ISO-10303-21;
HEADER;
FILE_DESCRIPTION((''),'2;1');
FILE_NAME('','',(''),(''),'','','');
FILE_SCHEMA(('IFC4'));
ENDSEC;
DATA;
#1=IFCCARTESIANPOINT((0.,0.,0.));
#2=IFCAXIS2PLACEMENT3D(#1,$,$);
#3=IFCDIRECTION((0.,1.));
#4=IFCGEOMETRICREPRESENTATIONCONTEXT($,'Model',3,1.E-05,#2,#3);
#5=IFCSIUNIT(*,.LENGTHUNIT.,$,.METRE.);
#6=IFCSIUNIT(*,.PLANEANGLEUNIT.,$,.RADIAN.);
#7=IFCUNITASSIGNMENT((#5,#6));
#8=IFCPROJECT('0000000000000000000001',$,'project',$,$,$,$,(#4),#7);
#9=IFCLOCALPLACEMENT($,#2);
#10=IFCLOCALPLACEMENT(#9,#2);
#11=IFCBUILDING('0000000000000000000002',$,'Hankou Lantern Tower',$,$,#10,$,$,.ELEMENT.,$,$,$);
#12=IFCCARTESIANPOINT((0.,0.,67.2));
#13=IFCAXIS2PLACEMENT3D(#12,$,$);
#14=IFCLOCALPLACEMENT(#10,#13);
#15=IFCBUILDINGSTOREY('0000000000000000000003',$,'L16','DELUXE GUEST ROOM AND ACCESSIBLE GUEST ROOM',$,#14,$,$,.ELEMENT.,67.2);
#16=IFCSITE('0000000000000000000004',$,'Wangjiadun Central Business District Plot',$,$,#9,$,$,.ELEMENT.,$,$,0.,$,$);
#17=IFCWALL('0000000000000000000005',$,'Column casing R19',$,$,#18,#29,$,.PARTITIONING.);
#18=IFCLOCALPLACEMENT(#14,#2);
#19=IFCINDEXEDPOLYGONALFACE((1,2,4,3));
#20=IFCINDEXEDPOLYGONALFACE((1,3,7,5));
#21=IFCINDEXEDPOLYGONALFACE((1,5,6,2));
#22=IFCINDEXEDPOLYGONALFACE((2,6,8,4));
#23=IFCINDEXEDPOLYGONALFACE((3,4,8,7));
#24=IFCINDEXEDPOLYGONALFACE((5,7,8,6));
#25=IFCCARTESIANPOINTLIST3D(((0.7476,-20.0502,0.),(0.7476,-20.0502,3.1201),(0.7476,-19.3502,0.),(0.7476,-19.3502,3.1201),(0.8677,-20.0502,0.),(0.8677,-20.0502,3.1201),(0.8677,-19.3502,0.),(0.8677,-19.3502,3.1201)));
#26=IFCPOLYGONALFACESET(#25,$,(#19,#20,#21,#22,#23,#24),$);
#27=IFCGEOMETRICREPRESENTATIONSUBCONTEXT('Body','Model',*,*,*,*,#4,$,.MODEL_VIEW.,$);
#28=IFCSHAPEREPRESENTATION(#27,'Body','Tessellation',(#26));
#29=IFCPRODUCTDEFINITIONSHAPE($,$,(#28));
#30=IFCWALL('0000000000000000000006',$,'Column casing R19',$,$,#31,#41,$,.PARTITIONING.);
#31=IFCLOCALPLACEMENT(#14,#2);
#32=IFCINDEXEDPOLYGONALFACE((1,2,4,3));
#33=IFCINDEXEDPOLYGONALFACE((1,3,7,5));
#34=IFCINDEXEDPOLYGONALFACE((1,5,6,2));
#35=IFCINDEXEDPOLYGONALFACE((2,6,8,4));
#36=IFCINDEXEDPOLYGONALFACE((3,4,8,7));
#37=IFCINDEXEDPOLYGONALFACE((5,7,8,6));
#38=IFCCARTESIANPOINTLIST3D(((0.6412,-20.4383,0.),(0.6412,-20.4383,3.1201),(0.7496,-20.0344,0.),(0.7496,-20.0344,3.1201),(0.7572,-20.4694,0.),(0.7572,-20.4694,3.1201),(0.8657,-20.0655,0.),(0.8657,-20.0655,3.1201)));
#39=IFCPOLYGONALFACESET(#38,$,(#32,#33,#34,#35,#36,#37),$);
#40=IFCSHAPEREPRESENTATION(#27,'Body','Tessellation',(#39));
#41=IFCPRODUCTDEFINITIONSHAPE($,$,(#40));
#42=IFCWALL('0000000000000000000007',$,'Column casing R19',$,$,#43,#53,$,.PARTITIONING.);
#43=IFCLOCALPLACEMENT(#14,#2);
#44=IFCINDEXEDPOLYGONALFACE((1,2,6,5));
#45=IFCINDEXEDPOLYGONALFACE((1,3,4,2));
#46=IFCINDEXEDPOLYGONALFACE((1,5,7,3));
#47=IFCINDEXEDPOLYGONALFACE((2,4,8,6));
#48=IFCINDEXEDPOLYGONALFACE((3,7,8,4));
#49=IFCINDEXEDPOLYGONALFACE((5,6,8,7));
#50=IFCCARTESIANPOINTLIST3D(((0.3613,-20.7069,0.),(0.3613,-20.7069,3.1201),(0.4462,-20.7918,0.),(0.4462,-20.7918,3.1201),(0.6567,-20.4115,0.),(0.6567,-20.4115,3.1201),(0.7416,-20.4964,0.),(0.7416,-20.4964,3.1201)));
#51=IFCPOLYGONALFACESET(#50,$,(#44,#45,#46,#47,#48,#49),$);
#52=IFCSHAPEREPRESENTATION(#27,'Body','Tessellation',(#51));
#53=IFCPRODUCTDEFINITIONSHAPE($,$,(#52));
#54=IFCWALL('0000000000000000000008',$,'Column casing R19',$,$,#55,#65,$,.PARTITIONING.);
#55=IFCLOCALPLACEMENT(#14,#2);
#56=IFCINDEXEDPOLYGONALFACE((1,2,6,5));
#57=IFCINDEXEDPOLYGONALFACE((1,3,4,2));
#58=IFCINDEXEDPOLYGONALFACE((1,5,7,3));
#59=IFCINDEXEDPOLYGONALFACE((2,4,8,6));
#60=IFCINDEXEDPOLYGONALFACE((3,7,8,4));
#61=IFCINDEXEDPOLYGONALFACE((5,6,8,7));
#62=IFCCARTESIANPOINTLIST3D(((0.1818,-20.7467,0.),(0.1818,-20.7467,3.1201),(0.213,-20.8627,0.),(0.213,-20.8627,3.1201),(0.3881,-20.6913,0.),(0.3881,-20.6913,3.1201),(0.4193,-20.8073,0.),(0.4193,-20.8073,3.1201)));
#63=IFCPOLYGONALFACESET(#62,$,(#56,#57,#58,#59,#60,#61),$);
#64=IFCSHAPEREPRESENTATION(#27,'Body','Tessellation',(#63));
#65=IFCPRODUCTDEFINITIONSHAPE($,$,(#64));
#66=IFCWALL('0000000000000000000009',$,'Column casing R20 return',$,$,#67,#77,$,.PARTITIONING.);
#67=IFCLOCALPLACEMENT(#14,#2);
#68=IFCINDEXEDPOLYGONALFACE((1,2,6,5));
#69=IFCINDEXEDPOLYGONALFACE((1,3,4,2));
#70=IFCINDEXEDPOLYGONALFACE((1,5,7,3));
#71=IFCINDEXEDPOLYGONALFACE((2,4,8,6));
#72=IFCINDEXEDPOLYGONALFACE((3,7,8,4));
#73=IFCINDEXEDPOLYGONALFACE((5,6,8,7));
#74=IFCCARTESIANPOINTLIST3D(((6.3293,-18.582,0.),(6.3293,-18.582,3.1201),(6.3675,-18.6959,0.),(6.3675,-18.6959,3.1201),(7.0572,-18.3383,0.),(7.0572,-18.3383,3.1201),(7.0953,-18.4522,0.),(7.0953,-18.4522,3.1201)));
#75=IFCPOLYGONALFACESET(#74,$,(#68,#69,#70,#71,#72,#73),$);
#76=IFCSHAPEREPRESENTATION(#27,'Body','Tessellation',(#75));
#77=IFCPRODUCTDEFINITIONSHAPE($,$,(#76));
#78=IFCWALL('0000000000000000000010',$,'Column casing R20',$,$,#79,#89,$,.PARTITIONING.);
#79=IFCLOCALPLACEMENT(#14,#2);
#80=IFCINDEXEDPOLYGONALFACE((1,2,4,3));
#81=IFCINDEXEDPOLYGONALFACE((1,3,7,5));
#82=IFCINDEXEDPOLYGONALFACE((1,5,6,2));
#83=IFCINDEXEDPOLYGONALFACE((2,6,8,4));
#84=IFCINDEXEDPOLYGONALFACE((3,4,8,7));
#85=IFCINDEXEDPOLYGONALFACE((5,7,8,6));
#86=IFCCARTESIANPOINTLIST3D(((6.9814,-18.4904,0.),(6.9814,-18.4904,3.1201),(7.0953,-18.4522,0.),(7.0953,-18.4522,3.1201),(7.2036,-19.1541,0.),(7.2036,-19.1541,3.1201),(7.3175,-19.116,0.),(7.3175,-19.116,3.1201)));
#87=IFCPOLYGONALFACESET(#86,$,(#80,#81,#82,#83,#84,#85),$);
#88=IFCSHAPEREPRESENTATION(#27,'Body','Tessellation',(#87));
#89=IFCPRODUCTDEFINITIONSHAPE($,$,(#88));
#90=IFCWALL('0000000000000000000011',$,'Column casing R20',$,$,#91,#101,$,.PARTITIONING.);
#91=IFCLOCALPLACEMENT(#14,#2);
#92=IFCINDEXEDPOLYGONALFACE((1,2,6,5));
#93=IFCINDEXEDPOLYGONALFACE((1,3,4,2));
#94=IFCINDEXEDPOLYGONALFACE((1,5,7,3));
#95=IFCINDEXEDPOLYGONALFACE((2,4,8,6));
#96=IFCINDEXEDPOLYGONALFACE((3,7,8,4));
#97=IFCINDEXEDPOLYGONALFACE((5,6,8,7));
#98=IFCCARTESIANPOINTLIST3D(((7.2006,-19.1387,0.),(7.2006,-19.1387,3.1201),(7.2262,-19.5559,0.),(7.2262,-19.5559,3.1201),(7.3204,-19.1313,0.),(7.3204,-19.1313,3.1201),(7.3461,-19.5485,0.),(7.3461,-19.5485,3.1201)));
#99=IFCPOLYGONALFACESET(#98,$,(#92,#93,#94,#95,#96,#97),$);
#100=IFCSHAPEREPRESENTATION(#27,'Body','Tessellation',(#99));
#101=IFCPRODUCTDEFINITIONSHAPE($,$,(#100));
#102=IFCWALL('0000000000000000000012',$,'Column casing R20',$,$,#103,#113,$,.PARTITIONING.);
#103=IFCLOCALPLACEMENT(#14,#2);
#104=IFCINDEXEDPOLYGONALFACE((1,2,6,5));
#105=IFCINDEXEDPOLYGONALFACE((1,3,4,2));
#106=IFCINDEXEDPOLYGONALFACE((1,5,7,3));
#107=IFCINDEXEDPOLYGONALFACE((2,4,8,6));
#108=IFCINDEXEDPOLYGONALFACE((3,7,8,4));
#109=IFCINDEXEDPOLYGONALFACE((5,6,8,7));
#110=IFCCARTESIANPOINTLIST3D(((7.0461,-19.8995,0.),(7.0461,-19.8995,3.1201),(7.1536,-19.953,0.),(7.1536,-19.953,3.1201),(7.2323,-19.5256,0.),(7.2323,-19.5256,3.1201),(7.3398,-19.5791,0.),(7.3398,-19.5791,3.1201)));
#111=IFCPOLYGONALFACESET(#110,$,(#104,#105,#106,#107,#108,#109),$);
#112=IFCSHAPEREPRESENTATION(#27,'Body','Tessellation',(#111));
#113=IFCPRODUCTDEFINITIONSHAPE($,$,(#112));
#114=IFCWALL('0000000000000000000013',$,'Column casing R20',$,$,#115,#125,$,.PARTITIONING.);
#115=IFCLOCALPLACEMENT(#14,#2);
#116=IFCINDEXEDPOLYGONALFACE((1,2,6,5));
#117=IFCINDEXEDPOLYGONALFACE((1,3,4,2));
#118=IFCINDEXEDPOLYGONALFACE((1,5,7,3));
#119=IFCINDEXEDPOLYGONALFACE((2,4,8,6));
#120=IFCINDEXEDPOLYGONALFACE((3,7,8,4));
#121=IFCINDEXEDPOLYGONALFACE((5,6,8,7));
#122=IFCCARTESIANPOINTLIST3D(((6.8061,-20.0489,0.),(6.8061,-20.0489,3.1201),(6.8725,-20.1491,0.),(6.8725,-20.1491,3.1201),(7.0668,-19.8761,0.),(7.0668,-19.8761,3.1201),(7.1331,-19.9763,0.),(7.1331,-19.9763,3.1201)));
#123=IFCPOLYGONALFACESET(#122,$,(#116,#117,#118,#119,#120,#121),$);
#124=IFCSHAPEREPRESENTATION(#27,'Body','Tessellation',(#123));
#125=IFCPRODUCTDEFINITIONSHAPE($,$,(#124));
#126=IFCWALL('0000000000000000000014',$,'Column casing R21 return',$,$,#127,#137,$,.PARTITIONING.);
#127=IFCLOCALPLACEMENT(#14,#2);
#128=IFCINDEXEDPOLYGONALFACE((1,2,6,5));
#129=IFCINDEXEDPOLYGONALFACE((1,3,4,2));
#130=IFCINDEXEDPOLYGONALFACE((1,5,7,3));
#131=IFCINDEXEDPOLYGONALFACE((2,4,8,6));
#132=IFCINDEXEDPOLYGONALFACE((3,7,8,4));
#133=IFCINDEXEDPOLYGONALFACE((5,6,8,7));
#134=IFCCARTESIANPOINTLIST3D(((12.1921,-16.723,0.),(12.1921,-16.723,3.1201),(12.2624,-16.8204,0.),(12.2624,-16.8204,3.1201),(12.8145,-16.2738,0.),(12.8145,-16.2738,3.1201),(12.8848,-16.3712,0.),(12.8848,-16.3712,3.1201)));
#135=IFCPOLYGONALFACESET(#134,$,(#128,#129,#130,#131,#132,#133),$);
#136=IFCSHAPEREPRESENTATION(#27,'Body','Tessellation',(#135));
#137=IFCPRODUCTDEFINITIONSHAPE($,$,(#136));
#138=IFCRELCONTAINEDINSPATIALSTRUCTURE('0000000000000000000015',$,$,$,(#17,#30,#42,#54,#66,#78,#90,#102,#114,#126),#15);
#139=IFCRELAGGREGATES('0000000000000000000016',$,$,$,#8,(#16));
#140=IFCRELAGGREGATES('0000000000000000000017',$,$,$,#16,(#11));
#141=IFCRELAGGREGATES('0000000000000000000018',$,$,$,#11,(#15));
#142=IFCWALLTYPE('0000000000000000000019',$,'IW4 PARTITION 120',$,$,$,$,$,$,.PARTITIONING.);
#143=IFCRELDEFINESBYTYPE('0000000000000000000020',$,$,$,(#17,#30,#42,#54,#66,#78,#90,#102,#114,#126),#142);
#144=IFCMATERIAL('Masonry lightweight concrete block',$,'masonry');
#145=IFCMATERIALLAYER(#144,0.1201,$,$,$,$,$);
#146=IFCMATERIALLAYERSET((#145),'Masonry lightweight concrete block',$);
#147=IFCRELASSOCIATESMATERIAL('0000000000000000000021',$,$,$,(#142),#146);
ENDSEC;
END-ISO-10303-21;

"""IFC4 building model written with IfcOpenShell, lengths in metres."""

from ifc_helpers import new_model, si_unit, direction, frame, frame_2d, origin, place, context, subcontext, project, spatial, rectangle, extrude, material, layer, layer_set, type_object, element, save


model = new_model("IFC4")

# Units and contexts
model_context = context("Model", 3, precision=1e-05, world=origin(), true_north=direction((0.0, 1.0)))
body_context = subcontext(model_context, "Body", "Model", "MODEL_VIEW")
ifc_project = project(units=[si_unit("LENGTHUNIT", "METRE"), si_unit("PLANEANGLEUNIT", "RADIAN")], contexts=[model_context])

# Site, building, storey
site_placement = place(None, origin())
site = spatial("IfcSite", under=ifc_project, at=site_placement, Name="Wangjiadun Central Business District Plot", CompositionType="ELEMENT", RefElevation=0.0)
building_placement = place(site_placement, origin())
building = spatial("IfcBuilding", under=site, at=building_placement, Name="Hankou Lantern Tower", CompositionType="ELEMENT")
storey_placement = place(building_placement, frame((0.0, 0.0, 67.2)))
storey = spatial("IfcBuildingStorey", under=building, at=storey_placement, Name="L16", Description="DELUXE GUEST ROOM AND ACCESSIBLE GUEST ROOM", CompositionType="ELEMENT", Elevation=67.2)

# Walls
ifc_material_1 = material(Name="Masonry lightweight concrete block", Category="masonry")
ifc_layer_1 = layer(ifc_material_1, 0.1201)
ifc_layer_set_1 = layer_set([ifc_layer_1], Name="Masonry lightweight concrete block")
wall_type_1 = type_object("IfcWallType", Name="IW4 PARTITION 120", PredefinedType="PARTITIONING", material=ifc_layer_set_1)
wall_1_placement = place(storey_placement, frame((0.8076, -19.3501, 0.0), z_axis=(0.0, 0.0, 1.0), x_axis=(0.0, -1.0, 0.0)))
element("IfcWall", 1, at=wall_1_placement, inside=storey, type_object=wall_type_1, Name="Column casing R19", PredefinedType="PARTITIONING", context=body_context, shape_type="SweptSolid", body=[
    extrude(rectangle(XDim=0.7, YDim=0.1201, at=frame_2d((0.3501, 0.0))), origin(), (0.0, 0.0, 1.0), 3.1201),
])
wall_2_placement = place(storey_placement, frame((0.8076, -20.05, 0.0), z_axis=(0.0, 0.0, 1.0), x_axis=(-0.259261, -0.965807, 0.0)))
element("IfcWall", 2, at=wall_2_placement, inside=storey, type_object=wall_type_1, Name="Column casing R19", PredefinedType="PARTITIONING", context=body_context, shape_type="SweptSolid", body=[
    extrude(rectangle(XDim=0.4182, YDim=0.1201, at=frame_2d((0.209, 0.0))), origin(), (0.0, 0.0, 1.0), 3.1201),
])
wall_3_placement = place(storey_placement, frame((0.6992, -20.4539, 0.0), z_axis=(0.0, 0.0, 1.0), x_axis=(-0.707107, -0.707107, 0.0)))
element("IfcWall", 3, at=wall_3_placement, inside=storey, type_object=wall_type_1, Name="Column casing R19", PredefinedType="PARTITIONING", context=body_context, shape_type="SweptSolid", body=[
    extrude(rectangle(XDim=0.4177, YDim=0.1201, at=frame_2d((0.209, 0.0))), origin(), (0.0, 0.0, 1.0), 3.1201),
])
wall_4_placement = place(storey_placement, frame((0.4038, -20.7493, 0.0), z_axis=(0.0, 0.0, 1.0), x_axis=(-0.965759, -0.259441, 0.0)))
element("IfcWall", 4, at=wall_4_placement, inside=storey, type_object=wall_type_1, Name="Column casing R19", PredefinedType="PARTITIONING", context=body_context, shape_type="SweptSolid", body=[
    extrude(rectangle(XDim=0.2136, YDim=0.1201, at=frame_2d((0.1069, 0.0))), origin(), (0.0, 0.0, 1.0), 3.1201),
])
wall_5_placement = place(storey_placement, frame((6.3484, -18.6389, 0.0), z_axis=(0.0, 0.0, 1.0), x_axis=(0.948269, 0.317468, 0.0)))
element("IfcWall", 5, at=wall_5_placement, inside=storey, type_object=wall_type_1, Name="Column casing R20 return", PredefinedType="PARTITIONING", context=body_context, shape_type="SweptSolid", body=[
    extrude(rectangle(XDim=0.7676, YDim=0.1201, at=frame_2d((0.3838, 0.0))), origin(), (0.0, 0.0, 1.0), 3.1201),
])
wall_6_placement = place(storey_placement, frame((7.0383, -18.4712, 0.0), z_axis=(0.0, 0.0, 1.0), x_axis=(0.317378, -0.948299, 0.0)))
element("IfcWall", 6, at=wall_6_placement, inside=storey, type_object=wall_type_1, Name="Column casing R20", PredefinedType="PARTITIONING", context=body_context, shape_type="SweptSolid", body=[
    extrude(rectangle(XDim=0.7, YDim=0.1201, at=frame_2d((0.3501, 0.0))), origin(), (0.0, 0.0, 1.0), 3.1201),
])
wall_7_placement = place(storey_placement, frame((7.2605, -19.135, 0.0), z_axis=(0.0, 0.0, 1.0), x_axis=(0.061324, -0.998118, 0.0)))
element("IfcWall", 7, at=wall_7_placement, inside=storey, type_object=wall_type_1, Name="Column casing R20", PredefinedType="PARTITIONING", context=body_context, shape_type="SweptSolid", body=[
    extrude(rectangle(XDim=0.418, YDim=0.1201, at=frame_2d((0.209, 0.0))), origin(), (0.0, 0.0, 1.0), 3.1201),
])
wall_8_placement = place(storey_placement, frame((7.2861, -19.5522, 0.0), z_axis=(0.0, 0.0, 1.0), x_axis=(-0.445811, -0.895127, 0.0)))
element("IfcWall", 8, at=wall_8_placement, inside=storey, type_object=wall_type_1, Name="Column casing R20", PredefinedType="PARTITIONING", context=body_context, shape_type="SweptSolid", body=[
    extrude(rectangle(XDim=0.4177, YDim=0.1201, at=frame_2d((0.209, 0.0))), origin(), (0.0, 0.0, 1.0), 3.1201),
])
wall_9_placement = place(storey_placement, frame((7.0999, -19.9263, 0.0), z_axis=(0.0, 0.0, 1.0), x_axis=(-0.833488, -0.552537, 0.0)))
element("IfcWall", 9, at=wall_9_placement, inside=storey, type_object=wall_type_1, Name="Column casing R20", PredefinedType="PARTITIONING", context=body_context, shape_type="SweptSolid", body=[
    extrude(rectangle(XDim=0.3127, YDim=0.1201, at=frame_2d((0.1562, 0.0))), origin(), (0.0, 0.0, 1.0), 3.1201),
])
wall_10_placement = place(storey_placement, frame((12.2273, -16.7717, 0.0), z_axis=(0.0, 0.0, 1.0), x_axis=(0.810822, 0.585293, 0.0)))
element("IfcWall", 10, at=wall_10_placement, inside=storey, type_object=wall_type_1, Name="Column casing R21 return", PredefinedType="PARTITIONING", context=body_context, shape_type="SweptSolid", body=[
    extrude(rectangle(XDim=0.7676, YDim=0.1201, at=frame_2d((0.3838, 0.0))), origin(), (0.0, 0.0, 1.0), 3.1201),
])

save(model, "model.ifc")
